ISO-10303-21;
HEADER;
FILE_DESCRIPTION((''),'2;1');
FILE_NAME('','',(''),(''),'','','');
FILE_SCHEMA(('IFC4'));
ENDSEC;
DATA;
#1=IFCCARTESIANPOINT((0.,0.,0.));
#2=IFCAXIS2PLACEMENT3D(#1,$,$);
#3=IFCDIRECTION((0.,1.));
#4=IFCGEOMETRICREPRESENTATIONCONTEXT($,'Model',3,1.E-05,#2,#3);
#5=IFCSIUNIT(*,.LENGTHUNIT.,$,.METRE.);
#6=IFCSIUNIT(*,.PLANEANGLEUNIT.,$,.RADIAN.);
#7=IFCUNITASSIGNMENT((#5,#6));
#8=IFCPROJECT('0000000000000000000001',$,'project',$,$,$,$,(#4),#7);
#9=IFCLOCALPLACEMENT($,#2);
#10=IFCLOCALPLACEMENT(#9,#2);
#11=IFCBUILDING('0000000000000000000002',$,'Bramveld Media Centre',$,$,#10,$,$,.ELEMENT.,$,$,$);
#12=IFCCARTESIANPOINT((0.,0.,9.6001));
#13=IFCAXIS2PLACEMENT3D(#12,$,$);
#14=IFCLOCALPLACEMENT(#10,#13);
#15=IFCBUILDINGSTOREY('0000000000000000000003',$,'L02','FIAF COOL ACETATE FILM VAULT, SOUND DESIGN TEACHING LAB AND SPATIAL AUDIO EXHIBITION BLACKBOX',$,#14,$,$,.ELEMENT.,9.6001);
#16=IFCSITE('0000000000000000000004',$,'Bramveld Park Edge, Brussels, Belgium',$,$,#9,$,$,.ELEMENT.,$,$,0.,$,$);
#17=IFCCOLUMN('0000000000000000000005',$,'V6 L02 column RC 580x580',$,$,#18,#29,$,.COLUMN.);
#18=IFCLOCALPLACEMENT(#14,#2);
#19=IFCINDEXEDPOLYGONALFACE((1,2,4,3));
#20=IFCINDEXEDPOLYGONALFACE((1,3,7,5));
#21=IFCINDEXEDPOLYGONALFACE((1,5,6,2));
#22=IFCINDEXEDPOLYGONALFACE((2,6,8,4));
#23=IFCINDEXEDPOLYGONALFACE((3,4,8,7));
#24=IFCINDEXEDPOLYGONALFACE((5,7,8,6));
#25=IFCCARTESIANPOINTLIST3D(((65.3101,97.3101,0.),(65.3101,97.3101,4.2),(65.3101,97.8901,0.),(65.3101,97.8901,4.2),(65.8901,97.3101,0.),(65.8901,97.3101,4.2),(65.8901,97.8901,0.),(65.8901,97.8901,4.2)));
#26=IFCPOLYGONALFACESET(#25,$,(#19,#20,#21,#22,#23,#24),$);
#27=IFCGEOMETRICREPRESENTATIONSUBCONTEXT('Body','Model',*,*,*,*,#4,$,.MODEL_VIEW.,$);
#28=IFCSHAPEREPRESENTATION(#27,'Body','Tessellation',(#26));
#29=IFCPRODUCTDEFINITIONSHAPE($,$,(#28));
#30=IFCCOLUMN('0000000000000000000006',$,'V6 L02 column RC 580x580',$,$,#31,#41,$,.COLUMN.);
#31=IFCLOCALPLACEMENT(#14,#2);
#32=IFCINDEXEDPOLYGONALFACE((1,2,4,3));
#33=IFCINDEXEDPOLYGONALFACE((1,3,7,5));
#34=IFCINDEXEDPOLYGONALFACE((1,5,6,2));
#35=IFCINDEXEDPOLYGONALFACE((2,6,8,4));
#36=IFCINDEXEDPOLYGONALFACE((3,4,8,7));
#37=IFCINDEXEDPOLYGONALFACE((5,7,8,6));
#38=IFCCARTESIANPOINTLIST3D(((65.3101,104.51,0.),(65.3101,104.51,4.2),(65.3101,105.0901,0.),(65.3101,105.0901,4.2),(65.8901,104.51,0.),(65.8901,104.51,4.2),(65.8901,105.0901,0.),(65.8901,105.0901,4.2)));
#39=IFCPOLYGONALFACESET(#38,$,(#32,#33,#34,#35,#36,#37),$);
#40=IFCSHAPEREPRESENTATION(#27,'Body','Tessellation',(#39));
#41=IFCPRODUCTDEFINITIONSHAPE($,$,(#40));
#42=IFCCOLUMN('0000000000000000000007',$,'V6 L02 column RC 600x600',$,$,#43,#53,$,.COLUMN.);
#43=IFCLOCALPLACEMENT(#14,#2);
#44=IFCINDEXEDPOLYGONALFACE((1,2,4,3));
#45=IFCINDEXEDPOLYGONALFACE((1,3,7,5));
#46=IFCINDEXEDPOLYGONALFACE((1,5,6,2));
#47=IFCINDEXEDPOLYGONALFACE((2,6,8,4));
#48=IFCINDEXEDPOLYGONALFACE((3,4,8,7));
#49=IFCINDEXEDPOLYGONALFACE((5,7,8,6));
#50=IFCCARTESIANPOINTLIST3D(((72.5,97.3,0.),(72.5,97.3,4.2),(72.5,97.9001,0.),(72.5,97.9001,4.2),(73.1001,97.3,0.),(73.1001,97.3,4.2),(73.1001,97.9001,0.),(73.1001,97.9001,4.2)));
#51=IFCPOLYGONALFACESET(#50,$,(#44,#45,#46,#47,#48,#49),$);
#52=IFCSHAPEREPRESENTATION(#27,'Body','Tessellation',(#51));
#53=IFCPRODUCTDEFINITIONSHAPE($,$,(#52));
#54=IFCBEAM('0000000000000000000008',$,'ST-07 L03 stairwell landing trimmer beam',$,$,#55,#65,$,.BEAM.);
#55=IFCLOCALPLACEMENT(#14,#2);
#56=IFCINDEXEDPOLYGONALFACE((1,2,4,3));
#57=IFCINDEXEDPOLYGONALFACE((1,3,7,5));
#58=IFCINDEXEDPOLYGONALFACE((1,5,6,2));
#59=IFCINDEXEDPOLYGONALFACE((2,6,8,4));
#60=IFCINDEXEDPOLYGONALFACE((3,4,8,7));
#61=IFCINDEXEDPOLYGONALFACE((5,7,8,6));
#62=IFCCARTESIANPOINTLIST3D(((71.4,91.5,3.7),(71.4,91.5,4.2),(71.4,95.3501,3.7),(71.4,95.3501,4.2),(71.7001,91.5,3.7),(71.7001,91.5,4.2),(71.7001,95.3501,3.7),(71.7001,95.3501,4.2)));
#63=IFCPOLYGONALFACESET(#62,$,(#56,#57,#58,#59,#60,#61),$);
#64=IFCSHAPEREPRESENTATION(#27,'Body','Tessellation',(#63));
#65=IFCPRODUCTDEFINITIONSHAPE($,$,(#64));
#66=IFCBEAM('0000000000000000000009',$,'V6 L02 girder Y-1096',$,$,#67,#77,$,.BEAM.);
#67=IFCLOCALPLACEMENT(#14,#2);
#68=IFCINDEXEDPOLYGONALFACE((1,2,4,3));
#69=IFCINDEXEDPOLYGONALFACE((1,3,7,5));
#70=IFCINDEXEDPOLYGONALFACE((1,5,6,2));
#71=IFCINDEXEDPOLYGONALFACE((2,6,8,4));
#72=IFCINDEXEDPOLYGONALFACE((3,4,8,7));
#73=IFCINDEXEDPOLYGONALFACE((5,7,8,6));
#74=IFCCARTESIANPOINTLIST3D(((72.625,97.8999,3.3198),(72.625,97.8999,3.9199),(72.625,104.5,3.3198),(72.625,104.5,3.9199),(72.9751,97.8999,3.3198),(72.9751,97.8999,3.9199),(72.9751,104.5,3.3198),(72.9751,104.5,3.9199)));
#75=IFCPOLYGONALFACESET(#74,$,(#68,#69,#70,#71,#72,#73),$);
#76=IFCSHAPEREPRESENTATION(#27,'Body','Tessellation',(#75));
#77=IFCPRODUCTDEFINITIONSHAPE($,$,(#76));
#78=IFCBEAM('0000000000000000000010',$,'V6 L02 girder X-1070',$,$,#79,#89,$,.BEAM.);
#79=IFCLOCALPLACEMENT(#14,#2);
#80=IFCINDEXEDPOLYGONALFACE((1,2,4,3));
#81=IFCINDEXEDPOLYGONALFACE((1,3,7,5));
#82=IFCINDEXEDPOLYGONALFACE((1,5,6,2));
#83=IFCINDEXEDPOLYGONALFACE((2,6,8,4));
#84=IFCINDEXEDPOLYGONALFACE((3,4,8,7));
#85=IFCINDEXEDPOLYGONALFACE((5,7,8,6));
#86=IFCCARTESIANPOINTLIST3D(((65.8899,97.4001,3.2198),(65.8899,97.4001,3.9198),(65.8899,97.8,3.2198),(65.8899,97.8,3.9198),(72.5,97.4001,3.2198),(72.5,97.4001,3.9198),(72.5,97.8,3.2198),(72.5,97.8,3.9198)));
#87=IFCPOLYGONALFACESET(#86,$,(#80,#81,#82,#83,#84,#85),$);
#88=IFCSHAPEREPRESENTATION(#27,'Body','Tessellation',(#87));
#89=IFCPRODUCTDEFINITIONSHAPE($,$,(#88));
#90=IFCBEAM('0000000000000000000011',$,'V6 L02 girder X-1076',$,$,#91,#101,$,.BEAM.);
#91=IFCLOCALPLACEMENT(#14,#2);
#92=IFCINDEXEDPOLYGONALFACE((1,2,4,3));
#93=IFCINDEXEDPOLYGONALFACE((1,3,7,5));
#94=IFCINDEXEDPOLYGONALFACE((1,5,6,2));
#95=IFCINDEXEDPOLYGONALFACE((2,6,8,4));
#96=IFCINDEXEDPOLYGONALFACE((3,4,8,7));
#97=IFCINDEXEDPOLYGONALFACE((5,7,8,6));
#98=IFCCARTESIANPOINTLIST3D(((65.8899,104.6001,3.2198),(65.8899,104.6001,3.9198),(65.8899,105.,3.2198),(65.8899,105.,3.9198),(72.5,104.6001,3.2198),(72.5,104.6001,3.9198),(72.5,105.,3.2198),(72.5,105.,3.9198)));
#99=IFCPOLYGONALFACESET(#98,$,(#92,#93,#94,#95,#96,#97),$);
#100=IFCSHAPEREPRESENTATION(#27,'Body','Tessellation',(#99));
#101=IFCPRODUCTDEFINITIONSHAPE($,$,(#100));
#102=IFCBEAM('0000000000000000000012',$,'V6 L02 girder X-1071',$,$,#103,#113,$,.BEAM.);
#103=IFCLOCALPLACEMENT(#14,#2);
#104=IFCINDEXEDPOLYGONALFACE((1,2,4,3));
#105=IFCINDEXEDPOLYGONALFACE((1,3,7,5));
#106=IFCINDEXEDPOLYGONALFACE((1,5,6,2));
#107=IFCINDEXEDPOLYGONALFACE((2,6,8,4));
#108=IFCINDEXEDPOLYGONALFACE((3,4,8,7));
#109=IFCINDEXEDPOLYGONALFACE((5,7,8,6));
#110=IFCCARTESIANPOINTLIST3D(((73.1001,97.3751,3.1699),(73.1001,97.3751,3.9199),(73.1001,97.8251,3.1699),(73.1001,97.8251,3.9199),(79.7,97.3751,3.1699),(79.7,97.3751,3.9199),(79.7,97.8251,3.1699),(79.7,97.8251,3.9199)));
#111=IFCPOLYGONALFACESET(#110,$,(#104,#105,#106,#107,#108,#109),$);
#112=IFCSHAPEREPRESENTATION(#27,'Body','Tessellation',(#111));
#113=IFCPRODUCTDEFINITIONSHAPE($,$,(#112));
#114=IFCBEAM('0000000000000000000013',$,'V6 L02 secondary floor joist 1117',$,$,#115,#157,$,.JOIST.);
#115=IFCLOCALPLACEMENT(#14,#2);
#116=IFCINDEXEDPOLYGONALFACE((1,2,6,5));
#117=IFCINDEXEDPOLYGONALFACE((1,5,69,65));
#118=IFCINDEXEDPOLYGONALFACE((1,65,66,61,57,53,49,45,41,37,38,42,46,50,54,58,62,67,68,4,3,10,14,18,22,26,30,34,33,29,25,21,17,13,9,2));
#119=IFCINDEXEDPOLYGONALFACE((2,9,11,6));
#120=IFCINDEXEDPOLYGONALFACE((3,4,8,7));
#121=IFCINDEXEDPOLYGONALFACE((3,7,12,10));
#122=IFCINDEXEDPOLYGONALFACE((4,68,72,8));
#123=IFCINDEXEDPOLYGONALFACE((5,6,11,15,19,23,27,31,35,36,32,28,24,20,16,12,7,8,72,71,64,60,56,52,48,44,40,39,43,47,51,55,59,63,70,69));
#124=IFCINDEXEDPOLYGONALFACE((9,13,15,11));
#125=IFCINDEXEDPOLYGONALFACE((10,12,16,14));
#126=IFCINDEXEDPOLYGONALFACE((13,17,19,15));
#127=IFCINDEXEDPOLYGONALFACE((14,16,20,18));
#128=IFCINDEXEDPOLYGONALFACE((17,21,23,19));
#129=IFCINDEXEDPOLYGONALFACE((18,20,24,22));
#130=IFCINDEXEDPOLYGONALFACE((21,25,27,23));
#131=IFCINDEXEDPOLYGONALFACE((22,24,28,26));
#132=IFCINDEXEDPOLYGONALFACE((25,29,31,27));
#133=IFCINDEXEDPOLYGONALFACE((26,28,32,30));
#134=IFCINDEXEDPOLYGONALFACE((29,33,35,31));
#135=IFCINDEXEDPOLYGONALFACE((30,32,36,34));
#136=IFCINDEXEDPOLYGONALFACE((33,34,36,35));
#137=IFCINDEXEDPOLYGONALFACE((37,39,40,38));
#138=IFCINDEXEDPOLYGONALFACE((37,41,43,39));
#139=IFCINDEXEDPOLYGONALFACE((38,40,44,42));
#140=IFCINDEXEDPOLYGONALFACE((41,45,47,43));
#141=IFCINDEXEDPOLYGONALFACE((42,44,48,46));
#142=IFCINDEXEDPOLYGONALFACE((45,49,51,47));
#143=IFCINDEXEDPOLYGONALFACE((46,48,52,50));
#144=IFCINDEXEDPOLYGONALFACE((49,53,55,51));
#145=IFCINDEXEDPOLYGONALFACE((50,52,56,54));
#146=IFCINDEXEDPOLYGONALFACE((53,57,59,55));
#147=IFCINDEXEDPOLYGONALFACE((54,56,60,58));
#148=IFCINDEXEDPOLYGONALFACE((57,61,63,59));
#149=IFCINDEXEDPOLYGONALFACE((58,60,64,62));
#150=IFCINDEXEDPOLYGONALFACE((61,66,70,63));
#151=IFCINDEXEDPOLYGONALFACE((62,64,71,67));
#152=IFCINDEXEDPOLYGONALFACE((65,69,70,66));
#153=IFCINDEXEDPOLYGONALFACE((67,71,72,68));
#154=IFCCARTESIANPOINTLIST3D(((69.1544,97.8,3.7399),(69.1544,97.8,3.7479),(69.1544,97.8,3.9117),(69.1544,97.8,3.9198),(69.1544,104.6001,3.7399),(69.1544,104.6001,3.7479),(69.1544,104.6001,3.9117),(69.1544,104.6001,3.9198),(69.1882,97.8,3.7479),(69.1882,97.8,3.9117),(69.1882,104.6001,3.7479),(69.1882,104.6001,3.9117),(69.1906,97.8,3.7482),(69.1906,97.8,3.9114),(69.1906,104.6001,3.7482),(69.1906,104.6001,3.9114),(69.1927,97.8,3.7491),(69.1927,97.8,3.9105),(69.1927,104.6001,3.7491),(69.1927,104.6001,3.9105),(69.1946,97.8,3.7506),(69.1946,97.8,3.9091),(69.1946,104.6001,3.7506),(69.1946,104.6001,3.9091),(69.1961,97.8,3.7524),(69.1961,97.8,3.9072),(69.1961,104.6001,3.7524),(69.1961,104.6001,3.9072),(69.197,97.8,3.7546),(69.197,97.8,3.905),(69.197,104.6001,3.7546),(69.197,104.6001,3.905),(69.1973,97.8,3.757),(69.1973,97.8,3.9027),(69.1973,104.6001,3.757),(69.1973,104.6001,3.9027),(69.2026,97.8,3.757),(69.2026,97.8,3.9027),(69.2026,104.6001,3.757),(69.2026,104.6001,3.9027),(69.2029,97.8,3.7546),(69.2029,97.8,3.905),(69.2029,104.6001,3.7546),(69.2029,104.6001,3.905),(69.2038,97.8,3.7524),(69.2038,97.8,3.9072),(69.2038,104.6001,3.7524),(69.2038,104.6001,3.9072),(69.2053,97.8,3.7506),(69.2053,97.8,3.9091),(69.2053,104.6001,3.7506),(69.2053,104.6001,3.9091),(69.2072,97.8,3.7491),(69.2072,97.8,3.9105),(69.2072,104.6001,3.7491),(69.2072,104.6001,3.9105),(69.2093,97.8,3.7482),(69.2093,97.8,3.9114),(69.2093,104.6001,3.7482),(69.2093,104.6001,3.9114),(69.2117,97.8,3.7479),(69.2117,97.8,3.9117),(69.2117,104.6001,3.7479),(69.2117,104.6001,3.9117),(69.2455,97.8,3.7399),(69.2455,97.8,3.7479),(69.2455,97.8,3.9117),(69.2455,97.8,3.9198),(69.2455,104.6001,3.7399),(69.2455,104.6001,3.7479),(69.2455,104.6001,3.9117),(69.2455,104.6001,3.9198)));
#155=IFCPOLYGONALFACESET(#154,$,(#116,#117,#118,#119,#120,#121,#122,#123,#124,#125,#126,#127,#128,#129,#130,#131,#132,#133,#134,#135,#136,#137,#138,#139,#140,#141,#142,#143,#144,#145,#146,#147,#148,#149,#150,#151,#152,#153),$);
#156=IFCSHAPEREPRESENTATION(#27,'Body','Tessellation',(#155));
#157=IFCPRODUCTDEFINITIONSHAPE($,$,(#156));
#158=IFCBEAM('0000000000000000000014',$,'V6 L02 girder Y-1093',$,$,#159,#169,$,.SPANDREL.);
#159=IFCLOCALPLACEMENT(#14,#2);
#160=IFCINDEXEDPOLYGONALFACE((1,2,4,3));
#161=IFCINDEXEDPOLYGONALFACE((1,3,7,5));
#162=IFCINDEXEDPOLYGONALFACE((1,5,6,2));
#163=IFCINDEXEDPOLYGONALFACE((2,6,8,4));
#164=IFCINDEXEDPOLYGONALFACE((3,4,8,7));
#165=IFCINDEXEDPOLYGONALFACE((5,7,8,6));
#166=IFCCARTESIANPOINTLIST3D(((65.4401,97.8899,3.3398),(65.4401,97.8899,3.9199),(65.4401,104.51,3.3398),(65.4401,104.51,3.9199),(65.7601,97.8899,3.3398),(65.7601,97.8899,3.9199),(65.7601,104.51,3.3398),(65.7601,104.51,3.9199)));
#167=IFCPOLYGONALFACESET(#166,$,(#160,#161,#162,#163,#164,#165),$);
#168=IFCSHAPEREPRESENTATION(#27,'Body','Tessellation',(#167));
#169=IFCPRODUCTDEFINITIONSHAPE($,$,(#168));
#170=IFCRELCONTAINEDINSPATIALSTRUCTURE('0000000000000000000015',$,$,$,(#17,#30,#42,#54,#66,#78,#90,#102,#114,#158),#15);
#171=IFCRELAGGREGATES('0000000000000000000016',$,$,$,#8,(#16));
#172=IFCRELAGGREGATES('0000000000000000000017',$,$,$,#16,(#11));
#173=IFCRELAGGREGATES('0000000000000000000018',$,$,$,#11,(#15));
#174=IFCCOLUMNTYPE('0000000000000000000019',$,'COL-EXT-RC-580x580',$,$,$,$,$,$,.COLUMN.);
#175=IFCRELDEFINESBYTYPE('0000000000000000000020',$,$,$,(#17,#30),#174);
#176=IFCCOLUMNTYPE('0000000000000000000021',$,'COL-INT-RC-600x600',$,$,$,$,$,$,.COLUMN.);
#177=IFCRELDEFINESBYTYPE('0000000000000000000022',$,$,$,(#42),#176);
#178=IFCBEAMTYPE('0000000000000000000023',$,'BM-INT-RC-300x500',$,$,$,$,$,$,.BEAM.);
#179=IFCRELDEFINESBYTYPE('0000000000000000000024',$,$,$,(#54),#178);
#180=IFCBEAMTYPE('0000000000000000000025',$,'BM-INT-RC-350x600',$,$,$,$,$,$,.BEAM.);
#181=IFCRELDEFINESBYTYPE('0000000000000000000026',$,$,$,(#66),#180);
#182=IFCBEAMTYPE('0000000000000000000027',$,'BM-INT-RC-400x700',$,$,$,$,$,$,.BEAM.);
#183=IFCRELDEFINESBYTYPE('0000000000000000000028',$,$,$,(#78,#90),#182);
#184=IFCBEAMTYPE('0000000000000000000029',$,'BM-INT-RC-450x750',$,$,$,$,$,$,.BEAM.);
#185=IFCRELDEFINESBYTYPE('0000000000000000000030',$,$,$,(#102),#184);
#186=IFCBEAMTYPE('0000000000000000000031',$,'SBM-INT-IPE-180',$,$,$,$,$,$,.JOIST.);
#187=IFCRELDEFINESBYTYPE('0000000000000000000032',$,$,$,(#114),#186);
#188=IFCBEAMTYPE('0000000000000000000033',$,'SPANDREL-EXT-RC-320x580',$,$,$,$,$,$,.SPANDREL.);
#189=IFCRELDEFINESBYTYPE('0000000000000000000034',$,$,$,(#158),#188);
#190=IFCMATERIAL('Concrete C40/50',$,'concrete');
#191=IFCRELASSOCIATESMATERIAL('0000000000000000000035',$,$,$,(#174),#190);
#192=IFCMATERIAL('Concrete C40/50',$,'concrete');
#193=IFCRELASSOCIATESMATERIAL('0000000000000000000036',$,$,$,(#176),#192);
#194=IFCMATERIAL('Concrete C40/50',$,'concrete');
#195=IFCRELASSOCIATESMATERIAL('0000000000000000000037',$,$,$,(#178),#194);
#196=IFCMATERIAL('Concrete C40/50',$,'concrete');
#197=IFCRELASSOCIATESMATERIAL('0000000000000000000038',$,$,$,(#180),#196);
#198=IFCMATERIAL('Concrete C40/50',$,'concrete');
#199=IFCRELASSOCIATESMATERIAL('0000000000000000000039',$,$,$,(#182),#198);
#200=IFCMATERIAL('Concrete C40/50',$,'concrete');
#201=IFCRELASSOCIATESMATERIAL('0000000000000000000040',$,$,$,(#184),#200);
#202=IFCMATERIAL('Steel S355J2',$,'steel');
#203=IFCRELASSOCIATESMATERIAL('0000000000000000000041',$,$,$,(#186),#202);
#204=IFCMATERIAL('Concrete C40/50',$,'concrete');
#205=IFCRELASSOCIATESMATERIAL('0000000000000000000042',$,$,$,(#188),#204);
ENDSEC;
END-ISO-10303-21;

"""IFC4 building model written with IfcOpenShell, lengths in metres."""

from ifc_helpers import new_model, si_unit, direction, frame, origin, origin_2d, place, context, subcontext, project, spatial, rectangle, i_section, extrude, material, material_profile, profile_set, type_object, element, save


model = new_model("IFC4")

# Units and contexts
model_context = context("Model", 3, precision=1e-05, world=origin(), true_north=direction((0.0, 1.0)))
body_context = subcontext(model_context, "Body", "Model", "MODEL_VIEW")
ifc_project = project(units=[si_unit("LENGTHUNIT", "METRE"), si_unit("PLANEANGLEUNIT", "RADIAN")], contexts=[model_context])

# Site, building, storey
site_placement = place(None, origin())
site = spatial("IfcSite", under=ifc_project, at=site_placement, Name="Bramveld Park Edge, Brussels, Belgium", CompositionType="ELEMENT", RefElevation=0.0)
building_placement = place(site_placement, origin())
building = spatial("IfcBuilding", under=site, at=building_placement, Name="Bramveld Media Centre", CompositionType="ELEMENT")
storey_placement = place(building_placement, frame((0.0, 0.0, 9.6001)))
storey = spatial("IfcBuildingStorey", under=building, at=storey_placement, Name="L02", Description="FIAF COOL ACETATE FILM VAULT, SOUND DESIGN TEACHING LAB AND SPATIAL AUDIO EXHIBITION BLACKBOX", CompositionType="ELEMENT", Elevation=9.6001)

# Columns
ifc_material_1 = material(Name="Concrete C40/50", Category="concrete")
ifc_material_profile_1 = material_profile(ifc_material_1, rectangle(XDim=0.5801, YDim=0.5801, at=origin_2d()), Name="RC 580x580")
ifc_profile_set_1 = profile_set([ifc_material_profile_1], Name="Concrete C40/50")
column_type_1 = type_object("IfcColumnType", Name="COL-EXT-RC-580x580", PredefinedType="COLUMN", material=ifc_profile_set_1)
for number, where, z_axis, x_axis, name in (
    (1, (65.6001, 97.6001, 0.0), (0.0, 0.0, 1.0), (1.0, 0.0, 0.0), "V6 L02 column RC 580x580"),
    (2, (65.6001, 104.8, 0.0), (0.0, 0.0, 1.0), (1.0, 0.0, 0.0), "V6 L02 column RC 580x580"),
):
    element("IfcColumn", number, at=place(storey_placement, frame(where, z_axis=z_axis, x_axis=x_axis)), inside=storey, type_object=column_type_1, Name=name, PredefinedType="COLUMN", context=body_context, shape_type="SweptSolid", body=[
        extrude(rectangle(XDim=0.5801, YDim=0.5801, at=origin_2d()), origin(), (0.0, 0.0, 1.0), 4.2),
    ])
ifc_material_2 = material(Name="Concrete C40/50", Category="concrete")
ifc_material_profile_2 = material_profile(ifc_material_2, rectangle(XDim=0.6001, YDim=0.6001, at=origin_2d()), Name="RC 600x600")
ifc_profile_set_2 = profile_set([ifc_material_profile_2], Name="Concrete C40/50")
column_type_2 = type_object("IfcColumnType", Name="COL-INT-RC-600x600", PredefinedType="COLUMN", material=ifc_profile_set_2)
column_placement = place(storey_placement, frame((72.8, 97.6001, 0.0), z_axis=(0.0, 0.0, 1.0), x_axis=(1.0, 0.0, 0.0)))
element("IfcColumn", 3, at=column_placement, inside=storey, type_object=column_type_2, Name="V6 L02 column RC 600x600", PredefinedType="COLUMN", context=body_context, shape_type="SweptSolid", body=[
    extrude(rectangle(XDim=0.6001, YDim=0.6001, at=origin_2d()), origin(), (0.0, 0.0, 1.0), 4.2),
])

# Beams
ifc_material_3 = material(Name="Concrete C40/50", Category="concrete")
ifc_material_profile_3 = material_profile(ifc_material_3, rectangle(XDim=0.3, YDim=0.5, at=origin_2d()), Name="RC 300x500")
ifc_profile_set_3 = profile_set([ifc_material_profile_3], Name="Concrete C40/50")
beam_type_1 = type_object("IfcBeamType", Name="BM-INT-RC-300x500", PredefinedType="BEAM", material=ifc_profile_set_3)
beam_1_placement = place(storey_placement, frame((71.55, 91.5, 3.95), z_axis=(0.0, 1.0, 0.0), x_axis=(-1.0, 0.0, 0.0)))
element("IfcBeam", 4, at=beam_1_placement, inside=storey, type_object=beam_type_1, Name="ST-07 L03 stairwell landing trimmer beam", PredefinedType="BEAM", context=body_context, shape_type="SweptSolid", body=[
    extrude(rectangle(XDim=0.3, YDim=0.5, at=origin_2d()), origin(), (0.0, 0.0, 1.0), 3.8501),
])
ifc_material_4 = material(Name="Concrete C40/50", Category="concrete")
ifc_material_profile_4 = material_profile(ifc_material_4, rectangle(XDim=0.3501, YDim=0.6001, at=origin_2d()), Name="RC 350x600")
ifc_profile_set_4 = profile_set([ifc_material_profile_4], Name="Concrete C40/50")
beam_type_2 = type_object("IfcBeamType", Name="BM-INT-RC-350x600", PredefinedType="BEAM", material=ifc_profile_set_4)
beam_2_placement = place(storey_placement, frame((72.8, 97.8999, 3.6199), z_axis=(0.0, 1.0, 0.0), x_axis=(-1.0, 0.0, 0.0)))
element("IfcBeam", 5, at=beam_2_placement, inside=storey, type_object=beam_type_2, Name="V6 L02 girder Y-1096", PredefinedType="BEAM", context=body_context, shape_type="SweptSolid", body=[
    extrude(rectangle(XDim=0.3501, YDim=0.6001, at=origin_2d()), origin(), (0.0, 0.0, 1.0), 6.6001),
])
ifc_material_5 = material(Name="Concrete C40/50", Category="concrete")
ifc_material_profile_5 = material_profile(ifc_material_5, rectangle(XDim=0.3999, YDim=0.7, at=origin_2d()), Name="RC 400x700")
ifc_profile_set_5 = profile_set([ifc_material_profile_5], Name="Concrete C40/50")
beam_type_3 = type_object("IfcBeamType", Name="BM-INT-RC-400x700", PredefinedType="BEAM", material=ifc_profile_set_5)
for number, where, z_axis, x_axis, name in (
    (6, (65.8899, 97.6001, 3.5698), (1.0, 0.0, 0.0), (0.0, 1.0, 0.0), "V6 L02 girder X-1070"),
    (7, (65.8899, 104.8, 3.5698), (1.0, 0.0, 0.0), (0.0, 1.0, 0.0), "V6 L02 girder X-1076"),
):
    element("IfcBeam", number, at=place(storey_placement, frame(where, z_axis=z_axis, x_axis=x_axis)), inside=storey, type_object=beam_type_3, Name=name, PredefinedType="BEAM", context=body_context, shape_type="SweptSolid", body=[
        extrude(rectangle(XDim=0.3999, YDim=0.7, at=origin_2d()), origin(), (0.0, 0.0, 1.0), 6.6101),
    ])
ifc_material_6 = material(Name="Concrete C40/50", Category="concrete")
ifc_material_profile_6 = material_profile(ifc_material_6, rectangle(XDim=0.45, YDim=0.75, at=origin_2d()), Name="RC 450x750")
ifc_profile_set_6 = profile_set([ifc_material_profile_6], Name="Concrete C40/50")
beam_type_4 = type_object("IfcBeamType", Name="BM-INT-RC-450x750", PredefinedType="BEAM", material=ifc_profile_set_6)
beam_3_placement = place(storey_placement, frame((73.1001, 97.6001, 3.5449), z_axis=(1.0, 0.0, 0.0), x_axis=(0.0, 1.0, 0.0)))
element("IfcBeam", 8, at=beam_3_placement, inside=storey, type_object=beam_type_4, Name="V6 L02 girder X-1071", PredefinedType="BEAM", context=body_context, shape_type="SweptSolid", body=[
    extrude(rectangle(XDim=0.45, YDim=0.75, at=origin_2d()), origin(), (0.0, 0.0, 1.0), 6.5999),
])
ifc_material_7 = material(Name="Steel S355J2", Category="steel")
ifc_material_profile_7 = material_profile(ifc_material_7, i_section(OverallWidth=0.0911, OverallDepth=0.1799, WebThickness=0.0054, FlangeThickness=0.0081, FilletRadius=0.009, at=origin_2d()), Name="IPE 180")
ifc_profile_set_7 = profile_set([ifc_material_profile_7], Name="Steel S355J2")
beam_type_5 = type_object("IfcBeamType", Name="SBM-INT-IPE-180", PredefinedType="JOIST", material=ifc_profile_set_7)
beam_4_placement = place(storey_placement, frame((69.2, 97.8, 3.8298), z_axis=(0.0, 1.0, 0.0), x_axis=(-1.0, 0.0, 0.0)))
element("IfcBeam", 9, at=beam_4_placement, inside=storey, type_object=beam_type_5, Name="V6 L02 secondary floor joist 1117", PredefinedType="JOIST", context=body_context, shape_type="SweptSolid", body=[
    extrude(i_section(OverallWidth=0.0911, OverallDepth=0.1799, WebThickness=0.0054, FlangeThickness=0.0081, FilletRadius=0.009, at=origin_2d()), origin(), (0.0, 0.0, 1.0), 6.8),
])
ifc_material_8 = material(Name="Concrete C40/50", Category="concrete")
ifc_material_profile_8 = material_profile(ifc_material_8, rectangle(XDim=0.3201, YDim=0.5801, at=origin_2d()), Name="RC 320x580")
ifc_profile_set_8 = profile_set([ifc_material_profile_8], Name="Concrete C40/50")
beam_type_6 = type_object("IfcBeamType", Name="SPANDREL-EXT-RC-320x580", PredefinedType="SPANDREL", material=ifc_profile_set_8)
beam_5_placement = place(storey_placement, frame((65.6001, 97.8899, 3.6299), z_axis=(0.0, 1.0, 0.0), x_axis=(-1.0, 0.0, 0.0)))
element("IfcBeam", 10, at=beam_5_placement, inside=storey, type_object=beam_type_6, Name="V6 L02 girder Y-1093", PredefinedType="SPANDREL", context=body_context, shape_type="SweptSolid", body=[
    extrude(rectangle(XDim=0.3201, YDim=0.5801, at=origin_2d()), origin(), (0.0, 0.0, 1.0), 6.6201),
])

save(model, "model.ifc")
